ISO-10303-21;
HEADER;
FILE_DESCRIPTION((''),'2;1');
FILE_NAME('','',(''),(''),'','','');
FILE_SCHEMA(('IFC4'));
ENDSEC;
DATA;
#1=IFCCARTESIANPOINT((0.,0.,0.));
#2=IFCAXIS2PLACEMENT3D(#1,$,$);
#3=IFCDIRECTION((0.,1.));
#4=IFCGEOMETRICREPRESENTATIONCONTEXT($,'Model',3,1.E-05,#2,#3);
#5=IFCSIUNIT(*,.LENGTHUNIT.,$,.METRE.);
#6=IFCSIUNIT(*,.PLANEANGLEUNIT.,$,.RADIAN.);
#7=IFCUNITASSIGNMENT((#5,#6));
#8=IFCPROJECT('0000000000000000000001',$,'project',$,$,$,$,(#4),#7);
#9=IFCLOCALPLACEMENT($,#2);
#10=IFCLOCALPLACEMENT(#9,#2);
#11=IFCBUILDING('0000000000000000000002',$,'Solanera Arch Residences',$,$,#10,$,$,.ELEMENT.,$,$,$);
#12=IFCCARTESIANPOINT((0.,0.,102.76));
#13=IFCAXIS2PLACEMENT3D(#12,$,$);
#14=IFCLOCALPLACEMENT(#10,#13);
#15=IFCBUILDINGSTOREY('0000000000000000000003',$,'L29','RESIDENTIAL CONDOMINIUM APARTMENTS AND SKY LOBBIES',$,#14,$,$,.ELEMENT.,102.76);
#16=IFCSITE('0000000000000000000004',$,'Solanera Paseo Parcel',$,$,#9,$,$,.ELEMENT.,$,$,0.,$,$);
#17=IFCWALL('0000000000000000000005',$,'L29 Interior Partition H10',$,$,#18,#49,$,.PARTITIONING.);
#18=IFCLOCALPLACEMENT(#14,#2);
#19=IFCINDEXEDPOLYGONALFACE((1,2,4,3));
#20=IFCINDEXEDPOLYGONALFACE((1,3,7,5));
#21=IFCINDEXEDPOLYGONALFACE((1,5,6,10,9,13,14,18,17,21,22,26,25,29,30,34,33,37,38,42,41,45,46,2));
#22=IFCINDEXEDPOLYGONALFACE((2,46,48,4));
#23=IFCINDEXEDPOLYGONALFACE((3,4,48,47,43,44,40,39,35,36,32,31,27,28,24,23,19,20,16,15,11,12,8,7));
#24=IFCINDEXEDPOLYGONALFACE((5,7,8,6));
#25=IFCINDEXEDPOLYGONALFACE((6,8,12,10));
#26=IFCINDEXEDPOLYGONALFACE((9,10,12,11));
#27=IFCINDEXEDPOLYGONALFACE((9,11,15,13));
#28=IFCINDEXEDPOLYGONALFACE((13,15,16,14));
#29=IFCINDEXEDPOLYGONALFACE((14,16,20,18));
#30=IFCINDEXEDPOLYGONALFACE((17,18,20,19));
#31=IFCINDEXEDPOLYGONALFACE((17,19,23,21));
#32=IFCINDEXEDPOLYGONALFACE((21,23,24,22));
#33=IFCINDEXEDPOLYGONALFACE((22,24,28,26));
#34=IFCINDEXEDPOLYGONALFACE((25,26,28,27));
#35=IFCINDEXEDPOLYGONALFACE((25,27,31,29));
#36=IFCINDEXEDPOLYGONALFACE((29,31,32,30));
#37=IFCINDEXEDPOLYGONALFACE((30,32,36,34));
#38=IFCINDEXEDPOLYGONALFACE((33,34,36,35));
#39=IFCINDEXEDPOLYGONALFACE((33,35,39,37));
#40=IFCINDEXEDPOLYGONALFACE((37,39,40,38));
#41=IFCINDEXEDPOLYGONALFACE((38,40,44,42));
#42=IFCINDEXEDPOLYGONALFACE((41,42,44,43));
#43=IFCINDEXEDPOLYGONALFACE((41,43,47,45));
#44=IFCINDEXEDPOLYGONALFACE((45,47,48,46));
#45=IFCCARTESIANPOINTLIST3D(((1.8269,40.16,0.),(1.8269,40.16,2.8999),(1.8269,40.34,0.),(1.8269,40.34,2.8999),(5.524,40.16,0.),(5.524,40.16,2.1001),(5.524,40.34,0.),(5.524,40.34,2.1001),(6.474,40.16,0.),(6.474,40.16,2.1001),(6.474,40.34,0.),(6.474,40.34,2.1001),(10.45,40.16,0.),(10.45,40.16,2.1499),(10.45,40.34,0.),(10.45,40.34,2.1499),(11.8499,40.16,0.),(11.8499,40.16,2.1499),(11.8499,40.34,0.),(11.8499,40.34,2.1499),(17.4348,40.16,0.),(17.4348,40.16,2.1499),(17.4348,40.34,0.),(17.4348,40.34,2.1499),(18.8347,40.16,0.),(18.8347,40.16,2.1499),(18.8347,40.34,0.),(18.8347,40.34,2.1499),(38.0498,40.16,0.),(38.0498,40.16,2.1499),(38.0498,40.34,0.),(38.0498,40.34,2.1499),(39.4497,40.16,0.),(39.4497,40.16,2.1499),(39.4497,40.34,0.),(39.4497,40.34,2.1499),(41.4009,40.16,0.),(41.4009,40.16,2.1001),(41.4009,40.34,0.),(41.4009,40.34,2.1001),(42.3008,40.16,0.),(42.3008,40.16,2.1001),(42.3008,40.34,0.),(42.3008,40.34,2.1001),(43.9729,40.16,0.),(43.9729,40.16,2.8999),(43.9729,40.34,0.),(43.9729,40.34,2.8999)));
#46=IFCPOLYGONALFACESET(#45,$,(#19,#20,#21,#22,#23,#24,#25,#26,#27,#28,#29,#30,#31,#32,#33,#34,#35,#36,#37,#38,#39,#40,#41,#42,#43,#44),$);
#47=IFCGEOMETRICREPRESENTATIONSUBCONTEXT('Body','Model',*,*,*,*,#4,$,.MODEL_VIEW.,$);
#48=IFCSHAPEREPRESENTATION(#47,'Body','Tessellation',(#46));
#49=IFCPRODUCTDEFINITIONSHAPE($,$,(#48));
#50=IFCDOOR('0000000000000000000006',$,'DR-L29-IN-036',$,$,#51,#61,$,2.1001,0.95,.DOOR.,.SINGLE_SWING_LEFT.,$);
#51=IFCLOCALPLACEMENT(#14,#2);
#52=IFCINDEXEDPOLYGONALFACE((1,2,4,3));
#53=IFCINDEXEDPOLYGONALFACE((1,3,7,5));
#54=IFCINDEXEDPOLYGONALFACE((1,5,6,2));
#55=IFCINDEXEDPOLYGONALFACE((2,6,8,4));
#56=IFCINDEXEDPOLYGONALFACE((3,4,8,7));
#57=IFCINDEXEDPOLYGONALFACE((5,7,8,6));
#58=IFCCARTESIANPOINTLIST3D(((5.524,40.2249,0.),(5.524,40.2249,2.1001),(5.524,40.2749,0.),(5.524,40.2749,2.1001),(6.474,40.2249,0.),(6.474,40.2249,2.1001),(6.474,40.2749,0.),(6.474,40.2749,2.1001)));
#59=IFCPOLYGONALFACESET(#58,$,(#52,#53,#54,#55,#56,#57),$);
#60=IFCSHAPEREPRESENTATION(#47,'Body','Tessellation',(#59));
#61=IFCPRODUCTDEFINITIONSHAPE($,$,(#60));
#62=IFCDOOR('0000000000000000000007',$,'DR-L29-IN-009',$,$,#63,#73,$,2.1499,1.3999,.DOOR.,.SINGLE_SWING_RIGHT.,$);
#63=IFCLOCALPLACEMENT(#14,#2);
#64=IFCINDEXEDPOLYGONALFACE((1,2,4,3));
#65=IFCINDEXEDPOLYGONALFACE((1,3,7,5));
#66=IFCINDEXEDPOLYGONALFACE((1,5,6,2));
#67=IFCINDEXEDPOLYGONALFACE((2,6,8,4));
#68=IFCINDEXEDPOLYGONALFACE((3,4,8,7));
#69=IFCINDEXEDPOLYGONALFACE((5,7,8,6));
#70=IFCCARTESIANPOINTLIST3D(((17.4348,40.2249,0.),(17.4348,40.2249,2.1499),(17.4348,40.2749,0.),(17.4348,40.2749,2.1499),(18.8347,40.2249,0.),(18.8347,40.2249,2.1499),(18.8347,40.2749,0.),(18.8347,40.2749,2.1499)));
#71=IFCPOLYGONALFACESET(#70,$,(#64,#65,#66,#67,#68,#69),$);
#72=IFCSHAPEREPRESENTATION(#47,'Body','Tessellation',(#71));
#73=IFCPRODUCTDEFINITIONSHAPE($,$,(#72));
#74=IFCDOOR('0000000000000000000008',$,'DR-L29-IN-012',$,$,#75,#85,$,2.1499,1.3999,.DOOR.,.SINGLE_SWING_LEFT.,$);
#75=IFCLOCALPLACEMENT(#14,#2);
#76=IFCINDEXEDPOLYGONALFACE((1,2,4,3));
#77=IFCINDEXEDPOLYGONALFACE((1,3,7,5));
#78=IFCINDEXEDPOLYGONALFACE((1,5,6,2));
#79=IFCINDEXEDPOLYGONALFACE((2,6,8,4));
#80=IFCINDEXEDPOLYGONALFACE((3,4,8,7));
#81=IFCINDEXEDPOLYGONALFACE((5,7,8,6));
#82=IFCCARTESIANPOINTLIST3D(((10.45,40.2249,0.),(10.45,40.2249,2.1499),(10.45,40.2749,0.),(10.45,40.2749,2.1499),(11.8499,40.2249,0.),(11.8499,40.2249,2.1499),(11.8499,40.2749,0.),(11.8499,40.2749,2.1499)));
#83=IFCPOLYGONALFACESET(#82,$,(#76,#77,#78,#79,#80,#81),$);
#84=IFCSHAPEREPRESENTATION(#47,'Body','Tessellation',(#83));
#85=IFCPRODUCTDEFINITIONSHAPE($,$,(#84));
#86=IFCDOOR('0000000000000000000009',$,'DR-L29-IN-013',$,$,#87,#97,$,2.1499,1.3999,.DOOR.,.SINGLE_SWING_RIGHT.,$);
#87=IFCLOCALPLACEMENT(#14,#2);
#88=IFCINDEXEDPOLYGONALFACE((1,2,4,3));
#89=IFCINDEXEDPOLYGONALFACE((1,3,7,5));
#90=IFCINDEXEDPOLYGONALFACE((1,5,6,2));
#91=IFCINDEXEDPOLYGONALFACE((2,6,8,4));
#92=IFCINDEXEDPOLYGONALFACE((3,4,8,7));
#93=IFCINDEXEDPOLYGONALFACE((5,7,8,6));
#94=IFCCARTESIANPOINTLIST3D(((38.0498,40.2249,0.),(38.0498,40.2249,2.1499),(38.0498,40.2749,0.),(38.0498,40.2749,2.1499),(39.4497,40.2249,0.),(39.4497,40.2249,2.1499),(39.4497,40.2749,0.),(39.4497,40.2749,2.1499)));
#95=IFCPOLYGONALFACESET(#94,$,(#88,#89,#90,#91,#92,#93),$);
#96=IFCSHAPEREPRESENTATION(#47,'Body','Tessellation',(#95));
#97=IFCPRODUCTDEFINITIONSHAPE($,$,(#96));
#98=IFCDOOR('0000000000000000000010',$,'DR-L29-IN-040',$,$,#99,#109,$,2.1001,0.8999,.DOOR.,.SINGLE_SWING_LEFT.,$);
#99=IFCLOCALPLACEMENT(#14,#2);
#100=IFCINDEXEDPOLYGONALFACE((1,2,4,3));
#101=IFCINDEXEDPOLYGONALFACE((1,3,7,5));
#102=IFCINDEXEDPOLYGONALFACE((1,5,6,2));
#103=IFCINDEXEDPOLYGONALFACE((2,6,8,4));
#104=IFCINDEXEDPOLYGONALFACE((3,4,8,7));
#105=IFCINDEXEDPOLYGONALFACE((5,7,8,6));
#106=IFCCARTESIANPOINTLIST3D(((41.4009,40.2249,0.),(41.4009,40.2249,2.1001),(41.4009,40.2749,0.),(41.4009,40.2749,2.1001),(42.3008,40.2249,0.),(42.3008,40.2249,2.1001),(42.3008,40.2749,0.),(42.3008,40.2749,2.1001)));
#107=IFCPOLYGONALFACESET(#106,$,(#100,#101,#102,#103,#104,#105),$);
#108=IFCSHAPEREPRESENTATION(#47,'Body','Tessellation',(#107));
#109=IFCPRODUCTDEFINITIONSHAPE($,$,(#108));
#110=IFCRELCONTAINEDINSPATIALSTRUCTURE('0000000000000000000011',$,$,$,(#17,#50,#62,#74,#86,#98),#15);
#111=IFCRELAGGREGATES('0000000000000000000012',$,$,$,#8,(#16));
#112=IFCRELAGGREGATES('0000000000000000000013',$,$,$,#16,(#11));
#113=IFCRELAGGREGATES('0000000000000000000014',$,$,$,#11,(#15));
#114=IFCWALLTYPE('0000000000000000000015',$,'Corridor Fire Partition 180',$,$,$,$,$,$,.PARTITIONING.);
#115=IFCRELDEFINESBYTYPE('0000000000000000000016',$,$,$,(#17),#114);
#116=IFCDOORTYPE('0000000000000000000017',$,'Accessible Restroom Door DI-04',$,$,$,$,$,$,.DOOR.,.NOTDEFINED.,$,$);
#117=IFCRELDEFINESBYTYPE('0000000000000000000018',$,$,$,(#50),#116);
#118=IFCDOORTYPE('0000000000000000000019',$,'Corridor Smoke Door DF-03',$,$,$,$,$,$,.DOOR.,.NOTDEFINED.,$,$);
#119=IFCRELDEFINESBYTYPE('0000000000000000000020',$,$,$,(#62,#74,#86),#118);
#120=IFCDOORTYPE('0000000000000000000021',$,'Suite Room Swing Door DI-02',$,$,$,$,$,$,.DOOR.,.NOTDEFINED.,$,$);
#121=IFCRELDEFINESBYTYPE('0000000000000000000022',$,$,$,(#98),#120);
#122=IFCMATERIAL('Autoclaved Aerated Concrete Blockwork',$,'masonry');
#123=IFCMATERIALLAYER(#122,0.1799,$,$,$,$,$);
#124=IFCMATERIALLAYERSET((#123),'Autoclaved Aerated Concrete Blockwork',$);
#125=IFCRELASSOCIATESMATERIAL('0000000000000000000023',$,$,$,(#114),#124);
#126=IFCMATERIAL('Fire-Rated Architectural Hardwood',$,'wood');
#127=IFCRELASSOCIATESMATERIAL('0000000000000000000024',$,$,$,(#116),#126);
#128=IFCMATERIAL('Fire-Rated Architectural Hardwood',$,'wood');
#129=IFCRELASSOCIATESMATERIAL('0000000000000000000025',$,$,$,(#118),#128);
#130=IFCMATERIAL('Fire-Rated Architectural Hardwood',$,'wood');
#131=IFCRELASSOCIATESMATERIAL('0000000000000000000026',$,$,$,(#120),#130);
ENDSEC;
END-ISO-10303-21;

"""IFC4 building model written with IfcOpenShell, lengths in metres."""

from ifc_helpers import new_model, si_unit, direction, frame, frame_2d, origin, place, context, subcontext, project, spatial, rectangle, extrude, material, layer, layer_set, type_object, element, fill, save


model = new_model("IFC4")

# Units and contexts
model_context = context("Model", 3, precision=1e-05, world=origin(), true_north=direction((0.0, 1.0)))
body_context = subcontext(model_context, "Body", "Model", "MODEL_VIEW")
ifc_project = project(units=[si_unit("LENGTHUNIT", "METRE"), si_unit("PLANEANGLEUNIT", "RADIAN")], contexts=[model_context])

# Site, building, storey
site_placement = place(None, origin())
site = spatial("IfcSite", under=ifc_project, at=site_placement, Name="Solanera Paseo Parcel", CompositionType="ELEMENT", RefElevation=0.0)
building_placement = place(site_placement, origin())
building = spatial("IfcBuilding", under=site, at=building_placement, Name="Solanera Arch Residences", CompositionType="ELEMENT")
storey_placement = place(building_placement, frame((0.0, 0.0, 102.76)))
storey = spatial("IfcBuildingStorey", under=building, at=storey_placement, Name="L29", Description="RESIDENTIAL CONDOMINIUM APARTMENTS AND SKY LOBBIES", CompositionType="ELEMENT", Elevation=102.76)

# Wall, openings, doors
ifc_material_1 = material(Name="Autoclaved Aerated Concrete Blockwork", Category="masonry")
ifc_layer_1 = layer(ifc_material_1, 0.1799)
ifc_layer_set_1 = layer_set([ifc_layer_1], Name="Autoclaved Aerated Concrete Blockwork")
wall_type_1 = type_object("IfcWallType", Name="Corridor Fire Partition 180", PredefinedType="PARTITIONING", material=ifc_layer_set_1)
wall_1_placement = place(storey_placement, frame((1.8269, 40.25, 0.0), z_axis=(0.0, 0.0, 1.0), x_axis=(1.0, 0.0, 0.0)))
wall_1 = element("IfcWall", 1, at=wall_1_placement, inside=storey, type_object=wall_type_1, Name="L29 Interior Partition H10", PredefinedType="PARTITIONING", context=body_context, shape_type="SweptSolid", body=[
    extrude(rectangle(XDim=42.146, YDim=0.1799, at=frame_2d((21.073, 0.0))), origin(), (0.0, 0.0, 1.0), 2.8999),
])
opening_1_placement = place(wall_1_placement, frame((15.6079, 0.0, 0.0)))
opening_1 = element("IfcOpeningElement", 2, at=opening_1_placement, cuts=wall_1, PredefinedType="OPENING", context=body_context, shape_type="SweptSolid", body=[
    extrude(rectangle(XDim=1.3999, YDim=2.1499, at=frame_2d((0.7, 1.075))), frame((0.0, 0.1001, 0.0), z_axis=(0.0, -1.0, 0.0), x_axis=(1.0, 0.0, 0.0)), (0.0, 0.0, 1.0), 0.1999),
])
opening_2_placement = place(wall_1_placement, frame((8.623, 0.0, 0.0)))
opening_2 = element("IfcOpeningElement", 3, at=opening_2_placement, cuts=wall_1, PredefinedType="OPENING", context=body_context, shape_type="SweptSolid", body=[
    extrude(rectangle(XDim=1.3999, YDim=2.1499, at=frame_2d((0.7, 1.075))), frame((0.0, 0.1001, 0.0), z_axis=(0.0, -1.0, 0.0), x_axis=(1.0, 0.0, 0.0)), (0.0, 0.0, 1.0), 0.1999),
])
opening_3_placement = place(wall_1_placement, frame((36.2229, 0.0, 0.0)))
opening_3 = element("IfcOpeningElement", 4, at=opening_3_placement, cuts=wall_1, PredefinedType="OPENING", context=body_context, shape_type="SweptSolid", body=[
    extrude(rectangle(XDim=1.3999, YDim=2.1499, at=frame_2d((0.7, 1.075))), frame((0.0, 0.1001, 0.0), z_axis=(0.0, -1.0, 0.0), x_axis=(1.0, 0.0, 0.0)), (0.0, 0.0, 1.0), 0.1999),
])
opening_4_placement = place(wall_1_placement, frame((3.697, 0.0, 0.0)))
opening_4 = element("IfcOpeningElement", 5, at=opening_4_placement, cuts=wall_1, PredefinedType="OPENING", context=body_context, shape_type="SweptSolid", body=[
    extrude(rectangle(XDim=0.95, YDim=2.1001, at=frame_2d((0.4751, 1.05))), frame((0.0, 0.1001, 0.0), z_axis=(0.0, -1.0, 0.0), x_axis=(1.0, 0.0, 0.0)), (0.0, 0.0, 1.0), 0.1999),
])
opening_5_placement = place(wall_1_placement, frame((39.574, 0.0, 0.0)))
opening_5 = element("IfcOpeningElement", 6, at=opening_5_placement, cuts=wall_1, PredefinedType="OPENING", context=body_context, shape_type="SweptSolid", body=[
    extrude(rectangle(XDim=0.8999, YDim=2.1001, at=frame_2d((0.45, 1.05))), frame((0.0, 0.1001, 0.0), z_axis=(0.0, -1.0, 0.0), x_axis=(1.0, 0.0, 0.0)), (0.0, 0.0, 1.0), 0.1999),
])
ifc_material_2 = material(Name="Fire-Rated Architectural Hardwood", Category="wood")
door_type_1 = type_object("IfcDoorType", Name="Accessible Restroom Door DI-04", OperationType="NOTDEFINED", PredefinedType="DOOR", material=ifc_material_2)
door_1_placement = place(opening_4_placement, origin())
door_1 = element("IfcDoor", 7, at=door_1_placement, inside=storey, type_object=door_type_1, Name="DR-L29-IN-036", OperationType="SINGLE_SWING_LEFT", OverallHeight=2.1001, OverallWidth=0.95, PredefinedType="DOOR", context=body_context, shape_type="SweptSolid", body=[
    extrude(rectangle(XDim=0.95, YDim=2.1001, at=frame_2d((0.4751, 1.05))), frame((0.0, 0.0249, 0.0), z_axis=(0.0, -1.0, 0.0), x_axis=(1.0, 0.0, 0.0)), (0.0, 0.0, 1.0), 0.05),
])
fill(opening_4, door_1)
ifc_material_3 = material(Name="Fire-Rated Architectural Hardwood", Category="wood")
door_type_2 = type_object("IfcDoorType", Name="Corridor Smoke Door DF-03", OperationType="NOTDEFINED", PredefinedType="DOOR", material=ifc_material_3)
door_2_placement = place(opening_1_placement, origin())
door_2 = element("IfcDoor", 8, at=door_2_placement, inside=storey, type_object=door_type_2, Name="DR-L29-IN-009", OperationType="SINGLE_SWING_RIGHT", OverallHeight=2.1499, OverallWidth=1.3999, PredefinedType="DOOR", context=body_context, shape_type="SweptSolid", body=[
    extrude(rectangle(XDim=1.3999, YDim=2.1499, at=frame_2d((0.7, 1.075))), frame((0.0, 0.0249, 0.0), z_axis=(0.0, -1.0, 0.0), x_axis=(1.0, 0.0, 0.0)), (0.0, 0.0, 1.0), 0.05),
])
fill(opening_1, door_2)
door_3_placement = place(opening_2_placement, origin())
door_3 = element("IfcDoor", 9, at=door_3_placement, inside=storey, type_object=door_type_2, Name="DR-L29-IN-012", OperationType="SINGLE_SWING_LEFT", OverallHeight=2.1499, OverallWidth=1.3999, PredefinedType="DOOR", context=body_context, shape_type="SweptSolid", body=[
    extrude(rectangle(XDim=1.3999, YDim=2.1499, at=frame_2d((0.7, 1.075))), frame((0.0, 0.0249, 0.0), z_axis=(0.0, -1.0, 0.0), x_axis=(1.0, 0.0, 0.0)), (0.0, 0.0, 1.0), 0.05),
])
fill(opening_2, door_3)
door_4_placement = place(opening_3_placement, origin())
door_4 = element("IfcDoor", 10, at=door_4_placement, inside=storey, type_object=door_type_2, Name="DR-L29-IN-013", OperationType="SINGLE_SWING_RIGHT", OverallHeight=2.1499, OverallWidth=1.3999, PredefinedType="DOOR", context=body_context, shape_type="SweptSolid", body=[
    extrude(rectangle(XDim=1.3999, YDim=2.1499, at=frame_2d((0.7, 1.075))), frame((0.0, 0.0249, 0.0), z_axis=(0.0, -1.0, 0.0), x_axis=(1.0, 0.0, 0.0)), (0.0, 0.0, 1.0), 0.05),
])
fill(opening_3, door_4)
ifc_material_4 = material(Name="Fire-Rated Architectural Hardwood", Category="wood")
door_type_3 = type_object("IfcDoorType", Name="Suite Room Swing Door DI-02", OperationType="NOTDEFINED", PredefinedType="DOOR", material=ifc_material_4)
door_5_placement = place(opening_5_placement, origin())
door_5 = element("IfcDoor", 11, at=door_5_placement, inside=storey, type_object=door_type_3, Name="DR-L29-IN-040", OperationType="SINGLE_SWING_LEFT", OverallHeight=2.1001, OverallWidth=0.8999, PredefinedType="DOOR", context=body_context, shape_type="SweptSolid", body=[
    extrude(rectangle(XDim=0.8999, YDim=2.1001, at=frame_2d((0.45, 1.05))), frame((0.0, 0.0249, 0.0), z_axis=(0.0, -1.0, 0.0), x_axis=(1.0, 0.0, 0.0)), (0.0, 0.0, 1.0), 0.05),
])
fill(opening_5, door_5)

save(model, "model.ifc")
